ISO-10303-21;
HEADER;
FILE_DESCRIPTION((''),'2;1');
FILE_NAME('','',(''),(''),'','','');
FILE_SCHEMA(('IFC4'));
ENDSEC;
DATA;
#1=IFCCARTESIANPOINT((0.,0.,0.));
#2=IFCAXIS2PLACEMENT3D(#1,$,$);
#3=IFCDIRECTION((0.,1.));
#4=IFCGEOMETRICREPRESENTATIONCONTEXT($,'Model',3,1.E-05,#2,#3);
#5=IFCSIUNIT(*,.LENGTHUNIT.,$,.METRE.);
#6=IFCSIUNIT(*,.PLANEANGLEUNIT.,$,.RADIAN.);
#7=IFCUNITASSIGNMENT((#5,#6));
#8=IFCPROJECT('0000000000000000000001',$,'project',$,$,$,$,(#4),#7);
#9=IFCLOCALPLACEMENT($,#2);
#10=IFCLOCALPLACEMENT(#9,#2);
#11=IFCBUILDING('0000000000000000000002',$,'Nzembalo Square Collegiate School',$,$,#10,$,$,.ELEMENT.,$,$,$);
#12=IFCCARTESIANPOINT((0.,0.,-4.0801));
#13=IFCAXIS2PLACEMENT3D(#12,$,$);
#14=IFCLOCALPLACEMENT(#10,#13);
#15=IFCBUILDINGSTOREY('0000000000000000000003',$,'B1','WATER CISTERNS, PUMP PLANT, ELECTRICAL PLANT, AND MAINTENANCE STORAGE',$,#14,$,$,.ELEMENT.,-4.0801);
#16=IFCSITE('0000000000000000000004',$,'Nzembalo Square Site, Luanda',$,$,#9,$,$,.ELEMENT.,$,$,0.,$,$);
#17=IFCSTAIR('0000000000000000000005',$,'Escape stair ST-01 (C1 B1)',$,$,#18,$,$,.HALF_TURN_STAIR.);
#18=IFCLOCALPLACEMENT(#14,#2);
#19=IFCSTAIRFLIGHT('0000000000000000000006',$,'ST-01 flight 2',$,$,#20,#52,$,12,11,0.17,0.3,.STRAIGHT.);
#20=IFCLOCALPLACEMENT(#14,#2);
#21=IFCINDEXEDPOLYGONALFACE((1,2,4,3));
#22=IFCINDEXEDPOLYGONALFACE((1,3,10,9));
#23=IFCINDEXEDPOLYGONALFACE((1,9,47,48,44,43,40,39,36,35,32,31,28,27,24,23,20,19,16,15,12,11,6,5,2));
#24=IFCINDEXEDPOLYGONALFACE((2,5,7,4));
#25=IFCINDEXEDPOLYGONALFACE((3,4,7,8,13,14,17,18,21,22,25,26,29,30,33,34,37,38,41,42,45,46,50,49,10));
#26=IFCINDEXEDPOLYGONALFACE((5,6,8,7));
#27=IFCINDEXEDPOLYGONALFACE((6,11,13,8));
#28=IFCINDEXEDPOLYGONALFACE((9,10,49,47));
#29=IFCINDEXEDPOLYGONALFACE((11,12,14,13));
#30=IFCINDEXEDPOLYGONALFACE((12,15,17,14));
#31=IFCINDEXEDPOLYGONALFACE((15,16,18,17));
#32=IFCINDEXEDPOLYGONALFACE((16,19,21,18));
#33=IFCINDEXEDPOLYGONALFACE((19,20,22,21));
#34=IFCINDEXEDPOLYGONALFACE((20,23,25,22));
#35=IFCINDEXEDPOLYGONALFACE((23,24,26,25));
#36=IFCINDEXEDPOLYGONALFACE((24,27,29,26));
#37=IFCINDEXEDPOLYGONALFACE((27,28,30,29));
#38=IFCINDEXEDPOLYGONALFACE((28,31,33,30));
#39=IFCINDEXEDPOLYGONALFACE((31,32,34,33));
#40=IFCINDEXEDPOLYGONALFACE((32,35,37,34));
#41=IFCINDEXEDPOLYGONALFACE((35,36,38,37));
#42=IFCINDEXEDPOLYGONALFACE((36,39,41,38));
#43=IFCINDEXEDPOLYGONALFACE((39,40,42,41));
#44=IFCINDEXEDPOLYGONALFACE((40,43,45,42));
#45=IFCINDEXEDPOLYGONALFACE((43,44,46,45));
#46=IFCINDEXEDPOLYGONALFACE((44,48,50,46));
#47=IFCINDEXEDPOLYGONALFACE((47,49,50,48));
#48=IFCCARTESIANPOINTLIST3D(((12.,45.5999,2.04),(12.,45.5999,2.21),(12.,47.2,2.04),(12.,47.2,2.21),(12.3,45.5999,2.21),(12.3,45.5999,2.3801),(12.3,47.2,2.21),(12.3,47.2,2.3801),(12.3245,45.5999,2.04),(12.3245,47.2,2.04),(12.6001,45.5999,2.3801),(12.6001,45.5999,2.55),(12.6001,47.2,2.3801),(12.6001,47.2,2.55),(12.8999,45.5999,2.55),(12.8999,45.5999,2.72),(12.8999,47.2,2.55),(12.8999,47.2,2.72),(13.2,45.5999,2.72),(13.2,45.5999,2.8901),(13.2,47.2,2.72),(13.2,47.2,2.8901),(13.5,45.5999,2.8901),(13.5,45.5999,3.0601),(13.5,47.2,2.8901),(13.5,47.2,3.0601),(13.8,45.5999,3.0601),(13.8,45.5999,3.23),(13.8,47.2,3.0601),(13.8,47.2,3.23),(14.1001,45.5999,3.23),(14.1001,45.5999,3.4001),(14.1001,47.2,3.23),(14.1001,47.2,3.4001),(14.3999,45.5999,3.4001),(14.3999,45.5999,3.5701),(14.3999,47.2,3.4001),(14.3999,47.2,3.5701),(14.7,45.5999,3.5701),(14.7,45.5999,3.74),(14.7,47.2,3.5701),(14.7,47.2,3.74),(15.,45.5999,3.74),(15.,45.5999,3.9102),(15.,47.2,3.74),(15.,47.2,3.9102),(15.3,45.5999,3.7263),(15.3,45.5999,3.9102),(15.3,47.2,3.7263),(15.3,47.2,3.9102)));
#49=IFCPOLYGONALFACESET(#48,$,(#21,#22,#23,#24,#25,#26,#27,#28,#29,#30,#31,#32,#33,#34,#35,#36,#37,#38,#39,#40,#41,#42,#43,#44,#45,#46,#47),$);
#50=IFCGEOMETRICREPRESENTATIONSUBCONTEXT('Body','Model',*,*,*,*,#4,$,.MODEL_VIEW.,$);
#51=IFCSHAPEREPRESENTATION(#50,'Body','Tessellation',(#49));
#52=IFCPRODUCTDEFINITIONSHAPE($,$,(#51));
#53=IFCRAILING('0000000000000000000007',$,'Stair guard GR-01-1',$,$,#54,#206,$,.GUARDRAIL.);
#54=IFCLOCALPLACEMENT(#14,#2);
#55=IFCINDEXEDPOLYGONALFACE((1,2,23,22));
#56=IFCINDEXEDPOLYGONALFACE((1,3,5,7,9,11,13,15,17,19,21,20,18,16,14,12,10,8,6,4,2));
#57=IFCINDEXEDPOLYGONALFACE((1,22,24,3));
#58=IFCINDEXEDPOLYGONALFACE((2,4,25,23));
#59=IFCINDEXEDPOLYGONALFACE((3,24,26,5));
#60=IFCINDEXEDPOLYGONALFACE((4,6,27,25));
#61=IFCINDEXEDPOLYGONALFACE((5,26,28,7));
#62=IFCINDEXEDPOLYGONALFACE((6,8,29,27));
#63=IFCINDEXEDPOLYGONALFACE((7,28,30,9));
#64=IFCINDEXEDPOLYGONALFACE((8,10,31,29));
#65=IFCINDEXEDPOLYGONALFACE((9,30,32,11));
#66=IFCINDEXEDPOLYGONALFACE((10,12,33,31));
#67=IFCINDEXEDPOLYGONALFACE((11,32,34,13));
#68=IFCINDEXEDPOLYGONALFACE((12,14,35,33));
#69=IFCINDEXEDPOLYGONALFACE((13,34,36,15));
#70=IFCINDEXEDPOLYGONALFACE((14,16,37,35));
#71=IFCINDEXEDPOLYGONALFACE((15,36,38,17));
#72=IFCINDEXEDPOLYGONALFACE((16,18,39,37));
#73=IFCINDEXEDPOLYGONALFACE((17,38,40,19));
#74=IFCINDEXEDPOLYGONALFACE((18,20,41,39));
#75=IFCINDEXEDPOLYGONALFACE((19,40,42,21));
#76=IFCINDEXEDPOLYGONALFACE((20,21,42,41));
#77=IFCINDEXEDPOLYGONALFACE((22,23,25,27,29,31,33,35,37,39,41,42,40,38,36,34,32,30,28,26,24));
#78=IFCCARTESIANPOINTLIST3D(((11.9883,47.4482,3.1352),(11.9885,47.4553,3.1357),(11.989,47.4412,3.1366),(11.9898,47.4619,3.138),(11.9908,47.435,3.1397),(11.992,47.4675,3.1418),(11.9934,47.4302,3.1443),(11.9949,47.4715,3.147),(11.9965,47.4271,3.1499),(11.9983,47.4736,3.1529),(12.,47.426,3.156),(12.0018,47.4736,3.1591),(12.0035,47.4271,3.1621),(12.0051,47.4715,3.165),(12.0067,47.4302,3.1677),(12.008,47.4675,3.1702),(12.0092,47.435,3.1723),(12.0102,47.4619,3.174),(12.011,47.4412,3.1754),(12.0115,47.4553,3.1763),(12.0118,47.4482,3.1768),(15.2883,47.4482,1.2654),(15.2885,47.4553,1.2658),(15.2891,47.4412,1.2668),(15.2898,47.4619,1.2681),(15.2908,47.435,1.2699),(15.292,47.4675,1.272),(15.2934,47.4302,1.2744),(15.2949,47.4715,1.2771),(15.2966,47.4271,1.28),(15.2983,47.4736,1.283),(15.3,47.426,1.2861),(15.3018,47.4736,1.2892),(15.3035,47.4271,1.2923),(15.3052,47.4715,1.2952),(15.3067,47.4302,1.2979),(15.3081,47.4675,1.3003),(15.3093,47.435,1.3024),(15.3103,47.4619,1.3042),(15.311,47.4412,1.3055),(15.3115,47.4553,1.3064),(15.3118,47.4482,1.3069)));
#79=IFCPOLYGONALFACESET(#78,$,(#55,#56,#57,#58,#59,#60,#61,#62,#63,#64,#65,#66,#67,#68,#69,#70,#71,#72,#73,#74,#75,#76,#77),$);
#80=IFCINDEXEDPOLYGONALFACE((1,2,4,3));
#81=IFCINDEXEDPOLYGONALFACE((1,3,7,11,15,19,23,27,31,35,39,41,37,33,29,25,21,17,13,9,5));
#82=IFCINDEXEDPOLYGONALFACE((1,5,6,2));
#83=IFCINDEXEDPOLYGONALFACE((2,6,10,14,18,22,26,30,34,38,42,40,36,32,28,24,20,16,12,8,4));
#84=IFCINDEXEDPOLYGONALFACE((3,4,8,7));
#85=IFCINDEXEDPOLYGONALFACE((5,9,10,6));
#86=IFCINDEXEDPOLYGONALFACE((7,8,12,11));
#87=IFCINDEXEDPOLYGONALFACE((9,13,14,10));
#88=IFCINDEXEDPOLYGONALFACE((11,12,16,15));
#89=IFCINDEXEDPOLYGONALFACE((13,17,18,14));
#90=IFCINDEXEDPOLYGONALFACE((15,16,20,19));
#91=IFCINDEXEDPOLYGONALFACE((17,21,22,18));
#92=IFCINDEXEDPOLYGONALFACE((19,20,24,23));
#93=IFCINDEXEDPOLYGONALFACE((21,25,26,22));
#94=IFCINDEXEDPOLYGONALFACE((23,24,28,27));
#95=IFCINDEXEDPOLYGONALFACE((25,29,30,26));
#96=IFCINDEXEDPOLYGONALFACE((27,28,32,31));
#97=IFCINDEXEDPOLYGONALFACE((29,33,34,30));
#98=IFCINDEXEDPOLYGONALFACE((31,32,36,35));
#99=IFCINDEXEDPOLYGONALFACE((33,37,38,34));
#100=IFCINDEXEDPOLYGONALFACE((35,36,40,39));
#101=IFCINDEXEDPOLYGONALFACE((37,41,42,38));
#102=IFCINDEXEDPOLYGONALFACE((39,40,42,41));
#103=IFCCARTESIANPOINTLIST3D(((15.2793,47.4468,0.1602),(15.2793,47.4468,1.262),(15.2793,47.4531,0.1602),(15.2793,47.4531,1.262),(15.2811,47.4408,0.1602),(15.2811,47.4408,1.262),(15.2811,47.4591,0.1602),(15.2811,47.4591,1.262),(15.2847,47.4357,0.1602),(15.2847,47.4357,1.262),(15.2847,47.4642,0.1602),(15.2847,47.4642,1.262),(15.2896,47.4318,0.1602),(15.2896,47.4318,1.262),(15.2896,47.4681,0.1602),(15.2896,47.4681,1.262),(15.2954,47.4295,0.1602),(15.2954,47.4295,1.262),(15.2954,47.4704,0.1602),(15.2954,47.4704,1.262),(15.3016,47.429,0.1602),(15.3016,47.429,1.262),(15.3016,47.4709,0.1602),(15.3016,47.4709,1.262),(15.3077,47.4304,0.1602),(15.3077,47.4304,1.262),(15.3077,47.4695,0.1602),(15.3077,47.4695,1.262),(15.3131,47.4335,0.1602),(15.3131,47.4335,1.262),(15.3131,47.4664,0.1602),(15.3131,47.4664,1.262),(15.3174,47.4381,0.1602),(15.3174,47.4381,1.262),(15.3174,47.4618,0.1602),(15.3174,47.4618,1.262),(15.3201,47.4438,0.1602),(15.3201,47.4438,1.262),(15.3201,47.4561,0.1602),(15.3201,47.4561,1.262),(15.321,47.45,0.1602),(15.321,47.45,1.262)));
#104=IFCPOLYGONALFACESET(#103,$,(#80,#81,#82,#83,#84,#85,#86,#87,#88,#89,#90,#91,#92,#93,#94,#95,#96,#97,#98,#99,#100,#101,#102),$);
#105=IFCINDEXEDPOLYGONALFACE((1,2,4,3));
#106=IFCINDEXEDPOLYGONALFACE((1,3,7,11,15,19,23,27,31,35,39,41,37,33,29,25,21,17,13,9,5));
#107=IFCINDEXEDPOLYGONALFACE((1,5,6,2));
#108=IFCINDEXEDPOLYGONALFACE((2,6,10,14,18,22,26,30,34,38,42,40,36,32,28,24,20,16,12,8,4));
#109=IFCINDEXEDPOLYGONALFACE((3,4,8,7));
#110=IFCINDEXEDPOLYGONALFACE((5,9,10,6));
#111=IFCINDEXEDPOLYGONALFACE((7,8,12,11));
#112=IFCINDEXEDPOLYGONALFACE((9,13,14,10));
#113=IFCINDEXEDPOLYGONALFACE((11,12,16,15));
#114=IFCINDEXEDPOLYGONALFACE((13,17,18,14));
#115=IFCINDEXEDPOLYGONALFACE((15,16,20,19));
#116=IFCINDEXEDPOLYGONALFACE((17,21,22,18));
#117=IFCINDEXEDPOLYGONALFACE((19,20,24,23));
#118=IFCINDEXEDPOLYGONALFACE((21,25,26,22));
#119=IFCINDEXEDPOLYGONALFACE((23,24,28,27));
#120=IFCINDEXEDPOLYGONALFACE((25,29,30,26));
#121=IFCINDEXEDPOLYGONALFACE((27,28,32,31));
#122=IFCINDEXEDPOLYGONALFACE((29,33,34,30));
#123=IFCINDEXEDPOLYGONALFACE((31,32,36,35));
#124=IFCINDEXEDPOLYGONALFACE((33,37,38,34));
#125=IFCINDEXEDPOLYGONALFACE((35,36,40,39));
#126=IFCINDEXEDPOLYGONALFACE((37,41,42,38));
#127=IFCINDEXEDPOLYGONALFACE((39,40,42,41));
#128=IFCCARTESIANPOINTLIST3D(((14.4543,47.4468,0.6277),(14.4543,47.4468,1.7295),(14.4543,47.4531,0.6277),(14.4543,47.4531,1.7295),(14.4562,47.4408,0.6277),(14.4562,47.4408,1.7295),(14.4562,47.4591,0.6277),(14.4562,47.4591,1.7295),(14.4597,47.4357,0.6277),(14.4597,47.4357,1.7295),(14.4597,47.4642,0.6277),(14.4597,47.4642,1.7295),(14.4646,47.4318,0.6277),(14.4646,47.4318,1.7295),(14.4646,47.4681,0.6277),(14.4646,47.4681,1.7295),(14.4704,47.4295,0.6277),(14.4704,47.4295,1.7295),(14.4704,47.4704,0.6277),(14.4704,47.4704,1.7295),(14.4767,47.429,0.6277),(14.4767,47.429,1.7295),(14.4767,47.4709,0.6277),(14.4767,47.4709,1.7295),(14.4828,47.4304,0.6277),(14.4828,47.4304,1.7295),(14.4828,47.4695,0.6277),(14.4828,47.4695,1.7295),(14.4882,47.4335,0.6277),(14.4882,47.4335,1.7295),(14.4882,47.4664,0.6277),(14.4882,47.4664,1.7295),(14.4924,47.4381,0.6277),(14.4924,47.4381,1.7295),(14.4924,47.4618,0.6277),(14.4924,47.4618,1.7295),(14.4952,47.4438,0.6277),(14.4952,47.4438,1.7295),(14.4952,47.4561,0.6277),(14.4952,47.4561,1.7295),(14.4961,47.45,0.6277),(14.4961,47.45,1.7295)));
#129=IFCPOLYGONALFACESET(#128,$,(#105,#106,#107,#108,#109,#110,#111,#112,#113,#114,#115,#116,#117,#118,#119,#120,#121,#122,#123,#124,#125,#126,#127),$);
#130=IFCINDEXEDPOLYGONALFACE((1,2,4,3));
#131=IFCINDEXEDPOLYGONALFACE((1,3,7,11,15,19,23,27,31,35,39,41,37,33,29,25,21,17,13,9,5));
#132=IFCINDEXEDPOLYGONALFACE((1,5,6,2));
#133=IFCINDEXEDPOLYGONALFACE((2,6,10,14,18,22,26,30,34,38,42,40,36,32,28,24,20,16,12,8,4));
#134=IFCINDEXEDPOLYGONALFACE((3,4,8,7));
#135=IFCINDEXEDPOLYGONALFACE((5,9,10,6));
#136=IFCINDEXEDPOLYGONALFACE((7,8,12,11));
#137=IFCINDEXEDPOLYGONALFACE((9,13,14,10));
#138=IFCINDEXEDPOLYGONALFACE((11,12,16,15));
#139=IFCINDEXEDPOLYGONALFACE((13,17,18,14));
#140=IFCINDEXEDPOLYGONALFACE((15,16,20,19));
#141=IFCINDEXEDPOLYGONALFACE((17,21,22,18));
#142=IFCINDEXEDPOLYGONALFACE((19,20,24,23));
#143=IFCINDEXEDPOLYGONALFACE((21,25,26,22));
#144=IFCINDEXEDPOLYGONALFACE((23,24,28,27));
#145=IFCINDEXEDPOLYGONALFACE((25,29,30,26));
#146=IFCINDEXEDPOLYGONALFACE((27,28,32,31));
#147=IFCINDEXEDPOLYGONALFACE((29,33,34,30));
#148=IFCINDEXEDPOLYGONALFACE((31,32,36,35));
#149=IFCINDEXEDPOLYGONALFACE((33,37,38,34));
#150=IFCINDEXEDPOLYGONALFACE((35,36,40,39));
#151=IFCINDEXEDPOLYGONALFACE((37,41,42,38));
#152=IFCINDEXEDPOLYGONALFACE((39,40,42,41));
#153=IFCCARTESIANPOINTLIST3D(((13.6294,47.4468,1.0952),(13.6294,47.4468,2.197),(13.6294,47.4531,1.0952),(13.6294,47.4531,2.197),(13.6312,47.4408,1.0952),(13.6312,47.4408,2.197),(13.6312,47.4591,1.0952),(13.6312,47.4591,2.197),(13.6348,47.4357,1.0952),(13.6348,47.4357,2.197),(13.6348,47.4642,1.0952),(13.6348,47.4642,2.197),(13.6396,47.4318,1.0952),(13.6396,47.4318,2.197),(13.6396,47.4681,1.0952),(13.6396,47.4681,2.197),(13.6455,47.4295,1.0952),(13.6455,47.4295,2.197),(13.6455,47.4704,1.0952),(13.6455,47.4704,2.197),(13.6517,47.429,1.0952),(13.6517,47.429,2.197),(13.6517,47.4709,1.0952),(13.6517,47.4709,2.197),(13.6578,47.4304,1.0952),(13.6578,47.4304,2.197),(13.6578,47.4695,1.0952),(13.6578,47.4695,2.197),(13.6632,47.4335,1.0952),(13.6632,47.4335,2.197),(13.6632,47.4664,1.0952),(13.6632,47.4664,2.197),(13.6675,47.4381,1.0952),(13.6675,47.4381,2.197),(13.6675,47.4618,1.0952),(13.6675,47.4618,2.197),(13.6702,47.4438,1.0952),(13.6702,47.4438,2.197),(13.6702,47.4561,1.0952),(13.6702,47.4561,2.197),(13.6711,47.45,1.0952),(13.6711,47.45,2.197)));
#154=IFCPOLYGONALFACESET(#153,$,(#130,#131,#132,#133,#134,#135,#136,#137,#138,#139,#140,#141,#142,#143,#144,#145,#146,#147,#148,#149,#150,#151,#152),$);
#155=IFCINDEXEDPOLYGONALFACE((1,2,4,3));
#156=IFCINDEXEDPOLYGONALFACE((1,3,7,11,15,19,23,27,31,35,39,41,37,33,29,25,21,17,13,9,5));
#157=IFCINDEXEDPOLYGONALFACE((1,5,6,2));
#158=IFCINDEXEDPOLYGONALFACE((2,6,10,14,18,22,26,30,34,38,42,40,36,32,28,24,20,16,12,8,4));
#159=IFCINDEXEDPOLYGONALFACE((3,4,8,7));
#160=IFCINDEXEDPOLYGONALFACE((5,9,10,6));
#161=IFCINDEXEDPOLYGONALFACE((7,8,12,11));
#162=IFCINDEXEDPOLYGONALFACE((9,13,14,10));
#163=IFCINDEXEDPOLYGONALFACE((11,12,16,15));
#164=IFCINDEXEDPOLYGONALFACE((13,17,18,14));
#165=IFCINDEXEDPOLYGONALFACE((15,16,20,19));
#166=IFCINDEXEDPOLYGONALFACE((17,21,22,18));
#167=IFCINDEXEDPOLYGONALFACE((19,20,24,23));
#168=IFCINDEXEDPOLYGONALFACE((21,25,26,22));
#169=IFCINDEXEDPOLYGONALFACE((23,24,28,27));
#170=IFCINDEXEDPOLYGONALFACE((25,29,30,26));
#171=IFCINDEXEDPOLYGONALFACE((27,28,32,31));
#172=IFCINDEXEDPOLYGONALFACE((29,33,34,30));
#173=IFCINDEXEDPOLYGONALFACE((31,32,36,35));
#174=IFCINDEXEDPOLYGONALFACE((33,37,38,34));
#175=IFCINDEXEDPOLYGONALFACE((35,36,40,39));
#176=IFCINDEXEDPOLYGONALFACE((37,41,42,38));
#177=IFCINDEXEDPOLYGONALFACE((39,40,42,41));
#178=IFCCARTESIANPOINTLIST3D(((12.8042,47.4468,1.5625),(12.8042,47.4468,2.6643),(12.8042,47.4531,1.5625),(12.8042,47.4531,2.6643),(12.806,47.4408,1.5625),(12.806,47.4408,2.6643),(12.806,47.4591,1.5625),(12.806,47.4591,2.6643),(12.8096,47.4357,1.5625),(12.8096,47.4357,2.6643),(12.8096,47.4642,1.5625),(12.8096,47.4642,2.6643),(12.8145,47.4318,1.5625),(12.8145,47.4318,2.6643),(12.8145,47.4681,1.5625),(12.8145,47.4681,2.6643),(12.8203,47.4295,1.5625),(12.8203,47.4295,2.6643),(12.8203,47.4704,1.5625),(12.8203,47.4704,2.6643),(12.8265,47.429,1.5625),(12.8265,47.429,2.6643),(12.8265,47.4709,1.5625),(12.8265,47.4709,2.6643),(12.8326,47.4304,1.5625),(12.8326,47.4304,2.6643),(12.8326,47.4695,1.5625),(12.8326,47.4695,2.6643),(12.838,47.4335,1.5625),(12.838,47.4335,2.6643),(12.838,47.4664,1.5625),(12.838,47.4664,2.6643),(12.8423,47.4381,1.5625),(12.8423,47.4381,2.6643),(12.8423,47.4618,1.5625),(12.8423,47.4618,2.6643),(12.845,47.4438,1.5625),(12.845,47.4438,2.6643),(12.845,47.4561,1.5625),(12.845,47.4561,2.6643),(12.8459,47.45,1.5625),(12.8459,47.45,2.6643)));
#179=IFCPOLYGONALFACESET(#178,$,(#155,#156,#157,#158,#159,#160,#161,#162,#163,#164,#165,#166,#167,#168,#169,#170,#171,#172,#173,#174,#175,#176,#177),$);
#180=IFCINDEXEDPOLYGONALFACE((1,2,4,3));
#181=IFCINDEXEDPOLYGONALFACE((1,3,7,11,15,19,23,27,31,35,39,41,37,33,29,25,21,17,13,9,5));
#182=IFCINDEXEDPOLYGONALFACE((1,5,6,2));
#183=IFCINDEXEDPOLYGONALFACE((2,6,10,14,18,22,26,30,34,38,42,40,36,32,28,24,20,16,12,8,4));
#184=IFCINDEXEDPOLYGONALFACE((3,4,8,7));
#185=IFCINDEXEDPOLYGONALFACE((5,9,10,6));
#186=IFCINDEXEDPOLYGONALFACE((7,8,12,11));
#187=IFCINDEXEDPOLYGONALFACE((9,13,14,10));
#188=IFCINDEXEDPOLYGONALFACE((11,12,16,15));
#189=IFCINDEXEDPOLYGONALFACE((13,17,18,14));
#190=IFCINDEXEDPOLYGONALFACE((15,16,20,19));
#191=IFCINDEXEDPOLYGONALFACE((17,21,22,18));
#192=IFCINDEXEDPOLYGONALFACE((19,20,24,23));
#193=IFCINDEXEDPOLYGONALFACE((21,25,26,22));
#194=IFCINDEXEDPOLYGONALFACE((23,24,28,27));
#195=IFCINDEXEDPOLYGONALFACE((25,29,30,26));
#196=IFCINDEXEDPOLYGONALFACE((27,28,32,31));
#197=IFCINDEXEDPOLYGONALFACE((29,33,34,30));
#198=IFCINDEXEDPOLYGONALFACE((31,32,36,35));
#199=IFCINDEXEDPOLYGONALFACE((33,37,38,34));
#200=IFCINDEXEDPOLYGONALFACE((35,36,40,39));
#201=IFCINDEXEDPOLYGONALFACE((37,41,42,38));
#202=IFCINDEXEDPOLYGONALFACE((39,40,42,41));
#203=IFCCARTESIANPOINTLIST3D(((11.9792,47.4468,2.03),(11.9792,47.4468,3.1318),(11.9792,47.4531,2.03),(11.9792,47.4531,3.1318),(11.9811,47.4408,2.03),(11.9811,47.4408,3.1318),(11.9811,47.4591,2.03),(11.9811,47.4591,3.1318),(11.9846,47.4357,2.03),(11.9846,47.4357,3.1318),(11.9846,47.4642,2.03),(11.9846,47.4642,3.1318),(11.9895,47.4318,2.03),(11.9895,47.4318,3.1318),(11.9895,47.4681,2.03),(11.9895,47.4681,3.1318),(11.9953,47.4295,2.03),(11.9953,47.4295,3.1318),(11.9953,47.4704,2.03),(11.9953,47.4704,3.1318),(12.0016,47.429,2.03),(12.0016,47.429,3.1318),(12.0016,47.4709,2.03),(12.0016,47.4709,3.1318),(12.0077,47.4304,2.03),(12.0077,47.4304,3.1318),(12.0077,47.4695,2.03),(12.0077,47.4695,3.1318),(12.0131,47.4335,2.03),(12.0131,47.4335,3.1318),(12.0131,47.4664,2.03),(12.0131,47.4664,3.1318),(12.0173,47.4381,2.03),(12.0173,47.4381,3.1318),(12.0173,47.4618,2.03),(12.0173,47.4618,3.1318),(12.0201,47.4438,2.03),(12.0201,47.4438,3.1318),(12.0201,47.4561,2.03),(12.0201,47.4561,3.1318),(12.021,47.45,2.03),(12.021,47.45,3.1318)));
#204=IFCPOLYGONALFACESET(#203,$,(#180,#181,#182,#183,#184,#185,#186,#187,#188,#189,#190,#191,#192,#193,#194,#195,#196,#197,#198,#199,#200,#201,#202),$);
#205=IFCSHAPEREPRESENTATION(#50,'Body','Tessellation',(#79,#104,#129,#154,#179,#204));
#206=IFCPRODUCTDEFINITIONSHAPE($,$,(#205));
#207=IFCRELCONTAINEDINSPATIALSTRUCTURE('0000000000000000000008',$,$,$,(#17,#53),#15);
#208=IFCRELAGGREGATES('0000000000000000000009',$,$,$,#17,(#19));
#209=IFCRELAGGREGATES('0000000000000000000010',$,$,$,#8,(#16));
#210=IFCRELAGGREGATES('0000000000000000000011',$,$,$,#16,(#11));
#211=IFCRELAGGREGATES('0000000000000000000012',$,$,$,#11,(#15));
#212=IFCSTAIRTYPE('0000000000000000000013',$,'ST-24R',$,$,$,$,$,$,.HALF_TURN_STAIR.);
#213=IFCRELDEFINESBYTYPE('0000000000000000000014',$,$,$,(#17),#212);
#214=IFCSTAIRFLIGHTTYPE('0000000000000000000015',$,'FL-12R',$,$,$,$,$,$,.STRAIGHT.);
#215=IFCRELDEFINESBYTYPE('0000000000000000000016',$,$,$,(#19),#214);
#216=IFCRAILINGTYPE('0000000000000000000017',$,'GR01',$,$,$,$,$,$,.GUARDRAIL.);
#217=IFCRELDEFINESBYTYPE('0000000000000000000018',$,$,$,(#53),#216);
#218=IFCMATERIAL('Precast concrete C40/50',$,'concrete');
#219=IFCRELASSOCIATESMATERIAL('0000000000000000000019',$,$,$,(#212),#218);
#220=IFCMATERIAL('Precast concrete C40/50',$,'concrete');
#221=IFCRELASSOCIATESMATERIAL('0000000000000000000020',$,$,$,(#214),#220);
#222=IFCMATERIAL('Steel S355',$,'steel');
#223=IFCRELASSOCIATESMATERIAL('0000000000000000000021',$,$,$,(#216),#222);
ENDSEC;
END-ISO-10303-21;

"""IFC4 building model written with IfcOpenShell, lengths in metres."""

from ifc_helpers import new_model, si_unit, direction, frame, origin, origin_2d, place, context, subcontext, project, spatial, polyline, circle, outline, extrude, material, type_object, element, aggregate, save


model = new_model("IFC4")

# Units and contexts
model_context = context("Model", 3, precision=1e-05, world=origin(), true_north=direction((0.0, 1.0)))
body_context = subcontext(model_context, "Body", "Model", "MODEL_VIEW")
ifc_project = project(units=[si_unit("LENGTHUNIT", "METRE"), si_unit("PLANEANGLEUNIT", "RADIAN")], contexts=[model_context])

# Site, building, storey
site_placement = place(None, origin())
site = spatial("IfcSite", under=ifc_project, at=site_placement, Name="Nzembalo Square Site, Luanda", CompositionType="ELEMENT", RefElevation=0.0)
building_placement = place(site_placement, origin())
building = spatial("IfcBuilding", under=site, at=building_placement, Name="Nzembalo Square Collegiate School", CompositionType="ELEMENT")
storey_placement = place(building_placement, frame((0.0, 0.0, -4.0801)))
storey = spatial("IfcBuildingStorey", under=building, at=storey_placement, Name="B1", Description="WATER CISTERNS, PUMP PLANT, ELECTRICAL PLANT, AND MAINTENANCE STORAGE", CompositionType="ELEMENT", Elevation=-4.0801)

# Stair, stair flight
ifc_material_1 = material(Name="Precast concrete C40/50", Category="concrete")
stair_type = type_object("IfcStairType", Name="ST-24R", PredefinedType="HALF_TURN_STAIR", material=ifc_material_1)
stair_placement = place(storey_placement, origin())
stair = element("IfcStair", 1, at=stair_placement, inside=storey, type_object=stair_type, Name="Escape stair ST-01 (C1 B1)", PredefinedType="HALF_TURN_STAIR")
ifc_material_2 = material(Name="Precast concrete C40/50", Category="concrete")
stair_flight_type = type_object("IfcStairFlightType", Name="FL-12R", PredefinedType="STRAIGHT", material=ifc_material_2)
stair_flight_placement = place(storey_placement, frame((12.0, 46.3999, 2.04), z_axis=(0.0, 0.0, 1.0), x_axis=(1.0, 0.0, 0.0)))
stair_flight = element("IfcStairFlight", 2, at=stair_flight_placement, type_object=stair_flight_type, Name="ST-01 flight 2", NumberOfRisers=12, NumberOfTreads=11, PredefinedType="STRAIGHT", RiserHeight=0.17, TreadLength=0.3, context=body_context, shape_type="SweptSolid", body=[
    extrude(outline(polyline([(0.0, 0.0), (0.0, 0.1699), (0.3, 0.1699), (0.3, 0.3401), (0.6001, 0.3401), (0.6001, 0.51), (0.8999, 0.51), (0.8999, 0.6799), (1.2, 0.6799), (1.2, 0.8501), (1.5, 0.8501), (1.5, 1.02), (1.8, 1.02), (1.8, 1.1899), (2.1001, 1.1899), (2.1001, 1.3601), (2.3999, 1.3601), (2.3999, 1.53), (2.7, 1.53), (2.7, 1.7), (3.0, 1.7), (3.0, 1.8701), (3.3, 1.8701), (3.3, 2.04), (3.3, 1.6863), (0.3245, 0.0), (0.0, 0.0)])), frame((0.0, 0.8, 0.0), z_axis=(0.0, -1.0, 0.0), x_axis=(1.0, 0.0, 0.0)), (0.0, 0.0, 1.0), 1.6001),
])
aggregate(stair, [stair_flight])

# Railing
ifc_material_3 = material(Name="Steel S355", Category="steel")
railing_type_1 = type_object("IfcRailingType", Name="GR01", PredefinedType="GUARDRAIL", material=ifc_material_3)
railing_1_placement = place(storey_placement, frame((15.3, 47.45, 0.1602)))
element("IfcRailing", 3, at=railing_1_placement, inside=storey, type_object=railing_type_1, Name="Stair guard GR-01-1", PredefinedType="GUARDRAIL", context=body_context, shape_type="SweptSolid", body=[
    extrude(circle(Radius=0.0239, at=origin_2d()), frame((0.0, 0.0, 1.126), z_axis=(-0.87004, 0.0, 0.492982), x_axis=(0.0, -1.0, 0.0)), (0.0, 0.0, 1.0), 3.793),
    extrude(circle(Radius=0.021, at=origin_2d()), origin(), (0.0, 0.0, 1.0), 1.1018),
    extrude(circle(Radius=0.021, at=origin_2d()), frame((-0.825, 0.0, 0.4675)), (0.0, 0.0, 1.0), 1.1018),
    extrude(circle(Radius=0.021, at=origin_2d()), frame((-1.6499, 0.0, 0.9351)), (0.0, 0.0, 1.0), 1.1018),
    extrude(circle(Radius=0.021, at=origin_2d()), frame((-2.4751, 0.0, 1.4023)), (0.0, 0.0, 1.0), 1.1018),
    extrude(circle(Radius=0.021, at=origin_2d()), frame((-3.3, 0.0, 1.8699)), (0.0, 0.0, 1.0), 1.1018),
])

save(model, "model.ifc")
